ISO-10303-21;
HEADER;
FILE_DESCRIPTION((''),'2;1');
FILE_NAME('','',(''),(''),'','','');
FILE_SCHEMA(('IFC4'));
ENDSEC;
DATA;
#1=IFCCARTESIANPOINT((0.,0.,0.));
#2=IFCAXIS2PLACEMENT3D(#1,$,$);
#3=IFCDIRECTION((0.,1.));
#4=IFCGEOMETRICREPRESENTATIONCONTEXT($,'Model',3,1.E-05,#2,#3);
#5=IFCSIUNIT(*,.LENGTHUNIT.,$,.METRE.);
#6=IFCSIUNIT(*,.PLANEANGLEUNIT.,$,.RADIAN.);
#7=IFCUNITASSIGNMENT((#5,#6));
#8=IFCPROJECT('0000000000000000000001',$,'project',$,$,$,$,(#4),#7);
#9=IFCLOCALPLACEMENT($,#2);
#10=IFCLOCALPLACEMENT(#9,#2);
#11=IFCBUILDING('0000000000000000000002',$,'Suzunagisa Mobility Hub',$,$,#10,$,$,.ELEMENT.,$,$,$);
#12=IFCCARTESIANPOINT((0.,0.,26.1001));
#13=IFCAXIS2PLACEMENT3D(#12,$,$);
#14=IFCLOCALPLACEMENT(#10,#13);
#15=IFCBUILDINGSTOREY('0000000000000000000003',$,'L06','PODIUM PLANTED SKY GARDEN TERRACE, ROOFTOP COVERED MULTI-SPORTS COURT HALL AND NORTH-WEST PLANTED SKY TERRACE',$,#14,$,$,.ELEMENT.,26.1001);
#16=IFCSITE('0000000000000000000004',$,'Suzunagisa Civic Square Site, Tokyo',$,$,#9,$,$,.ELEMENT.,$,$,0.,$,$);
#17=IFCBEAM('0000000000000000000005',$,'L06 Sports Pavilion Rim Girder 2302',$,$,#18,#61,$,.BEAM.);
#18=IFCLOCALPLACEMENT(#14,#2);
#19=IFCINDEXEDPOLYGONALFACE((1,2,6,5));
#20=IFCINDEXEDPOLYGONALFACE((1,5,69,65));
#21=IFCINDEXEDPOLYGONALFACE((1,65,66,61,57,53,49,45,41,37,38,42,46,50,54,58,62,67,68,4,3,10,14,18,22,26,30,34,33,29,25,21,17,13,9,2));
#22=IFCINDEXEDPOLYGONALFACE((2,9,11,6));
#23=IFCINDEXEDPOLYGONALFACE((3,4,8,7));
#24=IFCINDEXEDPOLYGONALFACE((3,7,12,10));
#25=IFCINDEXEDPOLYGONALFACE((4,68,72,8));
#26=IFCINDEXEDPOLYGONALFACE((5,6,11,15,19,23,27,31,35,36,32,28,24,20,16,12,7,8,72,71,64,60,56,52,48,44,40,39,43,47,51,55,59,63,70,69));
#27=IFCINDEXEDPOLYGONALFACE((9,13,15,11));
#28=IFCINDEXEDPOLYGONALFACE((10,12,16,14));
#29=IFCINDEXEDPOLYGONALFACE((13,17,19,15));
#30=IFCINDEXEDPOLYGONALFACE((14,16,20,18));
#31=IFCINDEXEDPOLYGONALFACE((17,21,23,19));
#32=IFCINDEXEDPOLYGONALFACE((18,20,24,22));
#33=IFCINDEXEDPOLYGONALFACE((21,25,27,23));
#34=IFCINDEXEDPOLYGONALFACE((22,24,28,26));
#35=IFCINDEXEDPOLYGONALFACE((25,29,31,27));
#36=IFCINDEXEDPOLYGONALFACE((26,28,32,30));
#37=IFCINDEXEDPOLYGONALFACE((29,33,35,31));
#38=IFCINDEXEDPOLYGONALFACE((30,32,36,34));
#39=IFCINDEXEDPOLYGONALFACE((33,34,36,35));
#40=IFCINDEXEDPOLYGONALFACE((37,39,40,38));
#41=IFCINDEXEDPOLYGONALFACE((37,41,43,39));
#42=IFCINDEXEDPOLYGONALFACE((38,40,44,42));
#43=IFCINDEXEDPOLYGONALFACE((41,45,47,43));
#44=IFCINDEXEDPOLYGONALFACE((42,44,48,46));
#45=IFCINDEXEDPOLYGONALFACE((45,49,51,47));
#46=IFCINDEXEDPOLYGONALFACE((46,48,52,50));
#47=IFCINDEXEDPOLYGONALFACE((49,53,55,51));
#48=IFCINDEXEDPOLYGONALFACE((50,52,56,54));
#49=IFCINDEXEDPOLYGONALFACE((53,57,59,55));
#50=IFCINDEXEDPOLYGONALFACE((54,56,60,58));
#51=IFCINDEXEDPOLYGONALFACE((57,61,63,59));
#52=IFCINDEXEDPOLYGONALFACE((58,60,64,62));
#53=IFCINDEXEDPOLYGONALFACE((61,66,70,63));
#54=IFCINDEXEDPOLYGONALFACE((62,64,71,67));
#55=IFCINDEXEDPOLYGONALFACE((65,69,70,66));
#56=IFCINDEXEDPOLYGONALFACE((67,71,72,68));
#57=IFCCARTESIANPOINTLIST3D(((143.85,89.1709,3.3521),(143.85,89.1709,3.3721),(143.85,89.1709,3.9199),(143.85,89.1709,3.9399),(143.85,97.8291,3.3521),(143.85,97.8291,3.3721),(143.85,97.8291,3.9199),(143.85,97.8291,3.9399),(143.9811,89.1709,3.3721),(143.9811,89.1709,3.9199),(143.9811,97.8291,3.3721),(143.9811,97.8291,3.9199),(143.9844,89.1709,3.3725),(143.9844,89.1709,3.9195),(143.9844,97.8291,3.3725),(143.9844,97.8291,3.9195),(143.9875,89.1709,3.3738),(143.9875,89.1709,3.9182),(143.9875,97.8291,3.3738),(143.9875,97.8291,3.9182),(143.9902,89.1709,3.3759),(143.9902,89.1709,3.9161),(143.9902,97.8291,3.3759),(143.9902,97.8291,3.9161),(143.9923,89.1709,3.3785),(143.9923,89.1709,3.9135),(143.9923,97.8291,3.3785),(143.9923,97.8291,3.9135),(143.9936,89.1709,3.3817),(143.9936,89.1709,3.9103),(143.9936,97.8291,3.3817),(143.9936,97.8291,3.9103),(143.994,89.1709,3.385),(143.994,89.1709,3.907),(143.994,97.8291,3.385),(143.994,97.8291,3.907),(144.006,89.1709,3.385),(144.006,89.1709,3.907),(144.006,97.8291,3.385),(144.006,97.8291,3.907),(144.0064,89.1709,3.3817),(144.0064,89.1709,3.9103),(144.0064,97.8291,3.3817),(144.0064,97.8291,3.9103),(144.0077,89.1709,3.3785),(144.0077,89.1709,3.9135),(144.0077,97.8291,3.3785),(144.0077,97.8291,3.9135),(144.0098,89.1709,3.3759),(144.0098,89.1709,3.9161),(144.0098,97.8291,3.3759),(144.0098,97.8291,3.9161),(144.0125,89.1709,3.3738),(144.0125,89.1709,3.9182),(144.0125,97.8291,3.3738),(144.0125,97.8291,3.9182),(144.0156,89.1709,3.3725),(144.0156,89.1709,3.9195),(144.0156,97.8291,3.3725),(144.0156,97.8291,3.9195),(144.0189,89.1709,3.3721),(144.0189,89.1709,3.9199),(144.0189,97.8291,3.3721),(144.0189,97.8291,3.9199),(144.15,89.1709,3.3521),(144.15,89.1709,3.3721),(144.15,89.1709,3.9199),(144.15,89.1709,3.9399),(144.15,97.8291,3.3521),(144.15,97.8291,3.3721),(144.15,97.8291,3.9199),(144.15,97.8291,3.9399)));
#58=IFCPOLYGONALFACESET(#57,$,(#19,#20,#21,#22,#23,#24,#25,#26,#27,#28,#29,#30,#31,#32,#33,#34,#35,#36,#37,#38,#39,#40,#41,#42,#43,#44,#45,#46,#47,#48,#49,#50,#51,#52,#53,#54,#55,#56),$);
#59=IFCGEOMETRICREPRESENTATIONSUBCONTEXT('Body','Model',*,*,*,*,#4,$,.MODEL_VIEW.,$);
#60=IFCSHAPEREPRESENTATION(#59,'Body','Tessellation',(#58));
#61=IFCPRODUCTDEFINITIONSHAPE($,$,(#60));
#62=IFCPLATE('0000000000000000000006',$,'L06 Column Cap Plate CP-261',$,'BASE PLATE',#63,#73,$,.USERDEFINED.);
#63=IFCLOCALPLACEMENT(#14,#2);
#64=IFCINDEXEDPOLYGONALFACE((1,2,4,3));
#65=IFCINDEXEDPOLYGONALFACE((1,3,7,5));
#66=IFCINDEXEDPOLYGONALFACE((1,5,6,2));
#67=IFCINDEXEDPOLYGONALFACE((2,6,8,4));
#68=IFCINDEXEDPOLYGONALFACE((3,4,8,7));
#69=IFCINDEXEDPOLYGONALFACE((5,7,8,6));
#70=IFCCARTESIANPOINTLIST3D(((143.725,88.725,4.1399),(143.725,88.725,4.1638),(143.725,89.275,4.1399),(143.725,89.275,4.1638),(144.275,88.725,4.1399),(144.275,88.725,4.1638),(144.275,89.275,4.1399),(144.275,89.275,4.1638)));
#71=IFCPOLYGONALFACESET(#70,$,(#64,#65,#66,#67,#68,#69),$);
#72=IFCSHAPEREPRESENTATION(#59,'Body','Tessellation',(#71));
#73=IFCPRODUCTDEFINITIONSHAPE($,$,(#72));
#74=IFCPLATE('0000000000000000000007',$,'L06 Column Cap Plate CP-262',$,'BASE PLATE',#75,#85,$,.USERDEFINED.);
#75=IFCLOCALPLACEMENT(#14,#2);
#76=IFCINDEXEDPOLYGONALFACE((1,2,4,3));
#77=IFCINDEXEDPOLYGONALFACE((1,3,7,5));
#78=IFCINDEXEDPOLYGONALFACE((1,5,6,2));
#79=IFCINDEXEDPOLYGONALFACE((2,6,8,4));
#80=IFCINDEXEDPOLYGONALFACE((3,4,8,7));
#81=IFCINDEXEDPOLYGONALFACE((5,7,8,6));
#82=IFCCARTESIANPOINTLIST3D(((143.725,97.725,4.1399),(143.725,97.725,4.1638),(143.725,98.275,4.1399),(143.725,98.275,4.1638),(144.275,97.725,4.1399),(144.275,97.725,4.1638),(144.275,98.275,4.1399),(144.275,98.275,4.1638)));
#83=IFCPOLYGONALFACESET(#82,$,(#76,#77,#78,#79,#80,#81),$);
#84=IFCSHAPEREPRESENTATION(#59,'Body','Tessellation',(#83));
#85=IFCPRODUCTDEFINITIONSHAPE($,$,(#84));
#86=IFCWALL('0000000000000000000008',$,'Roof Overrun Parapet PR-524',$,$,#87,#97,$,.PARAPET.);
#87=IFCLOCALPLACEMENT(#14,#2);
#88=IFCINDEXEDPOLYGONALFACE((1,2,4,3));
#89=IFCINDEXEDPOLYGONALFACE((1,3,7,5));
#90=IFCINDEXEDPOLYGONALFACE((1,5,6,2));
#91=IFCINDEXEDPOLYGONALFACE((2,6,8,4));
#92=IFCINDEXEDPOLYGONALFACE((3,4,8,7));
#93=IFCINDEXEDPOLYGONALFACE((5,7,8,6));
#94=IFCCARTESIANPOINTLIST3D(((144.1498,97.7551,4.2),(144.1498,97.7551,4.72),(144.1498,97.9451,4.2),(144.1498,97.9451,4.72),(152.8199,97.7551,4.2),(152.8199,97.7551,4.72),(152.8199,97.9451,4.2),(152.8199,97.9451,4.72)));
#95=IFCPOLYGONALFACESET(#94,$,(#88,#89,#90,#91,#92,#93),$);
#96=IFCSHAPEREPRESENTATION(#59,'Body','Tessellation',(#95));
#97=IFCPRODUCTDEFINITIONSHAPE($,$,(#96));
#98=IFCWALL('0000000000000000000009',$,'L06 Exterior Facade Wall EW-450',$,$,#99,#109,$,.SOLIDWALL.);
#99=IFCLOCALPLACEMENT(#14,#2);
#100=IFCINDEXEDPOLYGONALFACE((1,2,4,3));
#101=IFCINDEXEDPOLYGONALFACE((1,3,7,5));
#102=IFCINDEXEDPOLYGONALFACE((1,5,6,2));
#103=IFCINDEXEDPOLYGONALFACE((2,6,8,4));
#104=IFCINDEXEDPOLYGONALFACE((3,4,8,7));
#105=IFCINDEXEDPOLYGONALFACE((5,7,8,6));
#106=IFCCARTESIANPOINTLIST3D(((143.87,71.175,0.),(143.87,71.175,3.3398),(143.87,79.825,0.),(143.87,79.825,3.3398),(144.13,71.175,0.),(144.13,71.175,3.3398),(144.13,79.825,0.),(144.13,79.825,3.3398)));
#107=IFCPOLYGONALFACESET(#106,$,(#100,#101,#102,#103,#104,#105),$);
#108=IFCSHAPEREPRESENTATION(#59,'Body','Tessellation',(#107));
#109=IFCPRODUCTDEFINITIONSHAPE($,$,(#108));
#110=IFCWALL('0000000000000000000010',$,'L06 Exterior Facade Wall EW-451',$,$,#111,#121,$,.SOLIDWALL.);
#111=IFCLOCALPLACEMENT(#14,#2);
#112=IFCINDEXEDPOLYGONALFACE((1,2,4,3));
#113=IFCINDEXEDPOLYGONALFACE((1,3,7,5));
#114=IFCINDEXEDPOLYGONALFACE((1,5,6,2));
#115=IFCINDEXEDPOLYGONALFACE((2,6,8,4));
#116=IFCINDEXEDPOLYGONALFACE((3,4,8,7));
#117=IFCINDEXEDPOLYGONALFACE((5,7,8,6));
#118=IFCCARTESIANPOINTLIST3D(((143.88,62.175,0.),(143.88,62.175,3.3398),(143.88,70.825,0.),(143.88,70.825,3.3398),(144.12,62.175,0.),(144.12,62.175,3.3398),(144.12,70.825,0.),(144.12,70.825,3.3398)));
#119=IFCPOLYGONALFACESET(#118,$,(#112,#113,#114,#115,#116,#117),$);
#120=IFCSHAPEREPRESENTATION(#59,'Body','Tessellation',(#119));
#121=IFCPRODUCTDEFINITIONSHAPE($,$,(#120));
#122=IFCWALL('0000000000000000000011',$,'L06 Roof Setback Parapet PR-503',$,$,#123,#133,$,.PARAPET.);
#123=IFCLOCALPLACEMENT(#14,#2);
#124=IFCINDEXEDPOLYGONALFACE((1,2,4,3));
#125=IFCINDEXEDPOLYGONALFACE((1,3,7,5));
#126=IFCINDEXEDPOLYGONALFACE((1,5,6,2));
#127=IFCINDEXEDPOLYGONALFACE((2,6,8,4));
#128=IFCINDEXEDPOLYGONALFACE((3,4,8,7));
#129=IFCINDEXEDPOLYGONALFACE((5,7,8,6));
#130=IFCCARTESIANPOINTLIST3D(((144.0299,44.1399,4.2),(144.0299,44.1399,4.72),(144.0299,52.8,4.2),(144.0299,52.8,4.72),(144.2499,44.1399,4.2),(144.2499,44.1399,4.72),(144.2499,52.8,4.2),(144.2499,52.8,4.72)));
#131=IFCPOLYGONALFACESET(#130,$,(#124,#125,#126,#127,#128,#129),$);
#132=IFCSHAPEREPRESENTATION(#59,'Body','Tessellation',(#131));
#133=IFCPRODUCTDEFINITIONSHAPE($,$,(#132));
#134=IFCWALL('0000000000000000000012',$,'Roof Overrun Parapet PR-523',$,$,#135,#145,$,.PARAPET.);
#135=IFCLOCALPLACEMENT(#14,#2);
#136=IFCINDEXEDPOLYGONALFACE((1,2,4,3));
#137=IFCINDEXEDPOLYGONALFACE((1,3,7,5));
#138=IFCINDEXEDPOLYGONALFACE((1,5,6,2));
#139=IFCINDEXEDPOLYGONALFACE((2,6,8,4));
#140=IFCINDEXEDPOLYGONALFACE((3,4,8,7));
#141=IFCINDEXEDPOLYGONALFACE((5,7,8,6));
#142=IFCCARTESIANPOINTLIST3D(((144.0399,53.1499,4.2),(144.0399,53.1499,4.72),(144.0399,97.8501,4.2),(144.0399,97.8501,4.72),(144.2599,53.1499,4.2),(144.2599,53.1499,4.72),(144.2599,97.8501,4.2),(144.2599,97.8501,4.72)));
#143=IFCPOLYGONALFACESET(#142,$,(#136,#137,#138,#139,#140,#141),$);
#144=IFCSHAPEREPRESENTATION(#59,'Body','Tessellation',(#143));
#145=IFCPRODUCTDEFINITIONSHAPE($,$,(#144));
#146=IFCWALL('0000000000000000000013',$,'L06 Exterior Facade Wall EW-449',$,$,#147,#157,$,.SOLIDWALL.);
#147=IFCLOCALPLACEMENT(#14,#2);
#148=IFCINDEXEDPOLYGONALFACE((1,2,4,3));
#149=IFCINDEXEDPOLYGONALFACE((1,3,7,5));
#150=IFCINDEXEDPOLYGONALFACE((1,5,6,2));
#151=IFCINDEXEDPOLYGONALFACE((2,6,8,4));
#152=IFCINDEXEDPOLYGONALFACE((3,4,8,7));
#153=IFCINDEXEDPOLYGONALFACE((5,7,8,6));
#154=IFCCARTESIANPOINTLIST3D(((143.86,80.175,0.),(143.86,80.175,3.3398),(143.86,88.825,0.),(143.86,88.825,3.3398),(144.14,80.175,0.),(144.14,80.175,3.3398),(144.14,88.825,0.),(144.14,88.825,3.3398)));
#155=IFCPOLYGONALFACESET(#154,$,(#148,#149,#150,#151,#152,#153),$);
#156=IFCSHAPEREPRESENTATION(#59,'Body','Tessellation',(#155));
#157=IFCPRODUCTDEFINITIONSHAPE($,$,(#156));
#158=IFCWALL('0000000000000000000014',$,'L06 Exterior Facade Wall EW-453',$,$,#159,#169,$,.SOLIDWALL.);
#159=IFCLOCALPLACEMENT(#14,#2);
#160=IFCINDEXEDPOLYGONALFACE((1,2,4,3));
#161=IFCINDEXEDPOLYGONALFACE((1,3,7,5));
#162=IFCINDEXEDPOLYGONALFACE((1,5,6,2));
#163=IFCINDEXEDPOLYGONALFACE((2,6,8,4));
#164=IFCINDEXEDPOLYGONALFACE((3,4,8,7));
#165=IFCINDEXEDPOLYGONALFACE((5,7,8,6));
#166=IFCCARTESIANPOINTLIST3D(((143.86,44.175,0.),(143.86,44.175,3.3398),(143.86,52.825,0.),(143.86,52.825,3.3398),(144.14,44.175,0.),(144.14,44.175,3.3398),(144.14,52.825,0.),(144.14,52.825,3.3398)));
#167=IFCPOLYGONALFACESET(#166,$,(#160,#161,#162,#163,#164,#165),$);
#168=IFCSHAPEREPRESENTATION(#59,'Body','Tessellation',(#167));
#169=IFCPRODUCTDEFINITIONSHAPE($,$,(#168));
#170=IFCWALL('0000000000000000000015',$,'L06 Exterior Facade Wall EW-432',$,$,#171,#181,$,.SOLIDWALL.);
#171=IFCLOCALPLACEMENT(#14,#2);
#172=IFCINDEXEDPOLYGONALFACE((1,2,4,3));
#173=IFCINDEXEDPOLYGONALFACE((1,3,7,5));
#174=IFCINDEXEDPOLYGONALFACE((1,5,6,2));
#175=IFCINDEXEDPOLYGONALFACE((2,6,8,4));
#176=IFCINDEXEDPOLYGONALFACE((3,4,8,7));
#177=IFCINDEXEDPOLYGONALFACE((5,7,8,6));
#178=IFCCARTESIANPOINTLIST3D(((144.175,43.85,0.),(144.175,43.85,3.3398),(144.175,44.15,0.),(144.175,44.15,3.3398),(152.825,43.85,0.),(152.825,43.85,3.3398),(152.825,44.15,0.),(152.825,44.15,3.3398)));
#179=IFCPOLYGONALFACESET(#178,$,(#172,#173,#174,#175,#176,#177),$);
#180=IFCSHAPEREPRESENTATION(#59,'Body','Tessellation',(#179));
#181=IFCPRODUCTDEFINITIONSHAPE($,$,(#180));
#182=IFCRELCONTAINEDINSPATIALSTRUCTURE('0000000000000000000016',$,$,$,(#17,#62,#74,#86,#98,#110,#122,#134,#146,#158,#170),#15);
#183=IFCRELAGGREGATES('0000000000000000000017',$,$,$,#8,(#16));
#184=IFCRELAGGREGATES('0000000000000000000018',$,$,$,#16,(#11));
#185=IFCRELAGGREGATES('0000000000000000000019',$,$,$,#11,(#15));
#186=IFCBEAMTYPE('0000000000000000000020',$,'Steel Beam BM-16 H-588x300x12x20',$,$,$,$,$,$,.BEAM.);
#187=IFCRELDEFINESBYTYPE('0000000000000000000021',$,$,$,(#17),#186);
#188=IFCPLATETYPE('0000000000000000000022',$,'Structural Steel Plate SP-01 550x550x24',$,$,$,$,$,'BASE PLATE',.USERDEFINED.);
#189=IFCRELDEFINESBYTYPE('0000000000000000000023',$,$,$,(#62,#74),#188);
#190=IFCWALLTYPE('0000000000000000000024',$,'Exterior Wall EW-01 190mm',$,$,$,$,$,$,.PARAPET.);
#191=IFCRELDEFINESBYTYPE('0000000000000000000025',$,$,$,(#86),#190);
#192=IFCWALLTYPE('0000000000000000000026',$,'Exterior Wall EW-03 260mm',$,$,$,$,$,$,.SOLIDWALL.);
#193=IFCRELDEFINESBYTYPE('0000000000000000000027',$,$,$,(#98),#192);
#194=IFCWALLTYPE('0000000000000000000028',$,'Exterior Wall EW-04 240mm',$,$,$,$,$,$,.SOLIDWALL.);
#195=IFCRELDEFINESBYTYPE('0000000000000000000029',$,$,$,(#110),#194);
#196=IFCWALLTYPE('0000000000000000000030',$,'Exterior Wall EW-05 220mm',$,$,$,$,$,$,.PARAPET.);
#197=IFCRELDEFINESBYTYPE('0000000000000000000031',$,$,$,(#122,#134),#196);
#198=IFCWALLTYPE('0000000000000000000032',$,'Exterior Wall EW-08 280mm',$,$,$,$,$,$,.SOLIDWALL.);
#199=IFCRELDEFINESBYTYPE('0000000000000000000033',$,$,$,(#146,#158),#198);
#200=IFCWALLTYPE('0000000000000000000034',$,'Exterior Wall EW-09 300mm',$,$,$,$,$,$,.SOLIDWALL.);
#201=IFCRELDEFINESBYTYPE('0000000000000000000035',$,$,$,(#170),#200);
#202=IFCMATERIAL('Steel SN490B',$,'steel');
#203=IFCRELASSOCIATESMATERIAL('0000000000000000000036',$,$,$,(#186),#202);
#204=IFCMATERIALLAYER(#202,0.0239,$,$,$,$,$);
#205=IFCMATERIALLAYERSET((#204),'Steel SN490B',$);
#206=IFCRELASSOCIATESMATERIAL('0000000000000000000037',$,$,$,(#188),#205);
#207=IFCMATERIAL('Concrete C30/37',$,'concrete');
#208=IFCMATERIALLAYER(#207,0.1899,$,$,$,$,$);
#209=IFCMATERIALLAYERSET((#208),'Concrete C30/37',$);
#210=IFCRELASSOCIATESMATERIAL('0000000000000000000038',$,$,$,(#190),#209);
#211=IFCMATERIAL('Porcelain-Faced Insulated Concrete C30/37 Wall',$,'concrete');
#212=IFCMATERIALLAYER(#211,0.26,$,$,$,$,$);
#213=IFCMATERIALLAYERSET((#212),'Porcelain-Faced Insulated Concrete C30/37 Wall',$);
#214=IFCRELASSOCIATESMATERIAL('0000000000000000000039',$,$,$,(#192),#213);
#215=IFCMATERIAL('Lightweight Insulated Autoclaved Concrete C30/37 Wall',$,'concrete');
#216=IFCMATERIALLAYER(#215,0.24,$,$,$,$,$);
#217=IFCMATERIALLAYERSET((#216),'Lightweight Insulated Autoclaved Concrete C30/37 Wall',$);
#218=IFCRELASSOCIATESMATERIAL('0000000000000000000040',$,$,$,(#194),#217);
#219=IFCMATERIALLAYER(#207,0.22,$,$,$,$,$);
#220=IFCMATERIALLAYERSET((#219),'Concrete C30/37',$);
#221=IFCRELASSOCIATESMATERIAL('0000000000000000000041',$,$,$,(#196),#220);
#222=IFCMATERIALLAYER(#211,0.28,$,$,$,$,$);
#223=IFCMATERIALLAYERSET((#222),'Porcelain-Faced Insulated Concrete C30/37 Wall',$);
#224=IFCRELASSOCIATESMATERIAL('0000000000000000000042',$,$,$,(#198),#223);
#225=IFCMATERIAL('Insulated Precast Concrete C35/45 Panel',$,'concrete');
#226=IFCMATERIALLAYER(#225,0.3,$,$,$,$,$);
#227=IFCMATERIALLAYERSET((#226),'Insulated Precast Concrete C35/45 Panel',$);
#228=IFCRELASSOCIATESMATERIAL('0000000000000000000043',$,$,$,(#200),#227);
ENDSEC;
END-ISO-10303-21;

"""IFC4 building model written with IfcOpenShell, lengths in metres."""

from ifc_helpers import new_model, si_unit, direction, frame, frame_2d, origin, origin_2d, place, context, subcontext, project, spatial, rectangle, i_section, extrude, material, layer, layer_set, material_profile, profile_set, type_object, element, save


model = new_model("IFC4")

# Units and contexts
model_context = context("Model", 3, precision=1e-05, world=origin(), true_north=direction((0.0, 1.0)))
body_context = subcontext(model_context, "Body", "Model", "MODEL_VIEW")
ifc_project = project(units=[si_unit("LENGTHUNIT", "METRE"), si_unit("PLANEANGLEUNIT", "RADIAN")], contexts=[model_context])

# Site, building, storey
site_placement = place(None, origin())
site = spatial("IfcSite", under=ifc_project, at=site_placement, Name="Suzunagisa Civic Square Site, Tokyo", CompositionType="ELEMENT", RefElevation=0.0)
building_placement = place(site_placement, origin())
building = spatial("IfcBuilding", under=site, at=building_placement, Name="Suzunagisa Mobility Hub", CompositionType="ELEMENT")
storey_placement = place(building_placement, frame((0.0, 0.0, 26.1001)))
storey = spatial("IfcBuildingStorey", under=building, at=storey_placement, Name="L06", Description="PODIUM PLANTED SKY GARDEN TERRACE, ROOFTOP COVERED MULTI-SPORTS COURT HALL AND NORTH-WEST PLANTED SKY TERRACE", CompositionType="ELEMENT", Elevation=26.1001)

# Shared definitions
ifc_material_1 = material(Name="Steel SN490B", Category="steel")

# Beam
ifc_material_profile_1 = material_profile(ifc_material_1, i_section(OverallWidth=0.3, OverallDepth=0.5879, WebThickness=0.012, FlangeThickness=0.02, FilletRadius=0.0129, at=origin_2d()), Name="H-588x300x12x20")
ifc_profile_set_1 = profile_set([ifc_material_profile_1], Name="Steel SN490B")
beam_type = type_object("IfcBeamType", Name="Steel Beam BM-16 H-588x300x12x20", PredefinedType="BEAM", material=ifc_profile_set_1)
for number, where, z_axis, x_axis, name in (
    (1, (144.0, 89.1709, 3.646), (0.0, 1.0, 0.0), (-1.0, 0.0, 0.0), "L06 Sports Pavilion Rim Girder 2302"),
):
    element("IfcBeam", number, at=place(storey_placement, frame(where, z_axis=z_axis, x_axis=x_axis)), inside=storey, type_object=beam_type, Name=name, PredefinedType="BEAM", context=body_context, shape_type="SweptSolid", body=[
        extrude(i_section(OverallWidth=0.3, OverallDepth=0.5879, WebThickness=0.012, FlangeThickness=0.02, FilletRadius=0.0129, at=origin_2d()), origin(), (0.0, 0.0, 1.0), 8.6582),
    ])

# Plates
ifc_layer_1 = layer(ifc_material_1, 0.0239)
ifc_layer_set_1 = layer_set([ifc_layer_1], Name="Steel SN490B")
plate_type = type_object("IfcPlateType", Name="Structural Steel Plate SP-01 550x550x24", ElementType="BASE PLATE", PredefinedType="USERDEFINED", material=ifc_layer_set_1)
for number, where, z_axis, x_axis, name in (
    (2, (144.0, 89.0, 4.1399), (0.0, 0.0, 1.0), (1.0, 0.0, 0.0), "L06 Column Cap Plate CP-261"),
    (3, (144.0, 98.0, 4.1399), (0.0, 0.0, 1.0), (1.0, 0.0, 0.0), "L06 Column Cap Plate CP-262"),
):
    element("IfcPlate", number, at=place(storey_placement, frame(where, z_axis=z_axis, x_axis=x_axis)), inside=storey, type_object=plate_type, Name=name, ObjectType="BASE PLATE", PredefinedType="USERDEFINED", context=body_context, shape_type="SweptSolid", body=[
        extrude(rectangle(XDim=0.55, YDim=0.55, at=origin_2d()), origin(), (0.0, 0.0, 1.0), 0.0239),
    ])

# Walls
ifc_material_2 = material(Name="Concrete C30/37", Category="concrete")
ifc_layer_2 = layer(ifc_material_2, 0.1899)
ifc_layer_set_2 = layer_set([ifc_layer_2], Name="Concrete C30/37")
wall_type_1 = type_object("IfcWallType", Name="Exterior Wall EW-01 190mm", PredefinedType="PARAPET", material=ifc_layer_set_2)
wall_1_placement = place(storey_placement, frame((144.1499, 97.8501, 4.2), z_axis=(0.0, 0.0, 1.0), x_axis=(1.0, 0.0, 0.0)))
element("IfcWall", 4, at=wall_1_placement, inside=storey, type_object=wall_type_1, Name="Roof Overrun Parapet PR-524", PredefinedType="PARAPET", context=body_context, shape_type="SweptSolid", body=[
    extrude(rectangle(XDim=8.6702, YDim=0.1899, at=frame_2d((4.335, 0.0))), origin(), (0.0, 0.0, 1.0), 0.52),
])
ifc_material_3 = material(Name="Porcelain-Faced Insulated Concrete C30/37 Wall", Category="concrete")
ifc_layer_3 = layer(ifc_material_3, 0.26)
ifc_layer_set_3 = layer_set([ifc_layer_3], Name="Porcelain-Faced Insulated Concrete C30/37 Wall")
wall_type_2 = type_object("IfcWallType", Name="Exterior Wall EW-03 260mm", PredefinedType="SOLIDWALL", material=ifc_layer_set_3)
wall_2_placement = place(storey_placement, frame((144.0, 79.825, 0.0), z_axis=(0.0, 0.0, 1.0), x_axis=(0.0, -1.0, 0.0)))
element("IfcWall", 5, at=wall_2_placement, inside=storey, type_object=wall_type_2, Name="L06 Exterior Facade Wall EW-450", PredefinedType="SOLIDWALL", context=body_context, shape_type="SweptSolid", body=[
    extrude(rectangle(XDim=8.6499, YDim=0.26, at=frame_2d((4.325, 0.0))), origin(), (0.0, 0.0, 1.0), 3.3398),
])
ifc_material_4 = material(Name="Lightweight Insulated Autoclaved Concrete C30/37 Wall", Category="concrete")
ifc_layer_4 = layer(ifc_material_4, 0.24)
ifc_layer_set_4 = layer_set([ifc_layer_4], Name="Lightweight Insulated Autoclaved Concrete C30/37 Wall")
wall_type_3 = type_object("IfcWallType", Name="Exterior Wall EW-04 240mm", PredefinedType="SOLIDWALL", material=ifc_layer_set_4)
wall_3_placement = place(storey_placement, frame((144.0, 70.825, 0.0), z_axis=(0.0, 0.0, 1.0), x_axis=(0.0, -1.0, 0.0)))
element("IfcWall", 6, at=wall_3_placement, inside=storey, type_object=wall_type_3, Name="L06 Exterior Facade Wall EW-451", PredefinedType="SOLIDWALL", context=body_context, shape_type="SweptSolid", body=[
    extrude(rectangle(XDim=8.6499, YDim=0.24, at=frame_2d((4.325, 0.0))), origin(), (0.0, 0.0, 1.0), 3.3398),
])
ifc_layer_5 = layer(ifc_material_2, 0.22)
ifc_layer_set_5 = layer_set([ifc_layer_5], Name="Concrete C30/37")
wall_type_4 = type_object("IfcWallType", Name="Exterior Wall EW-05 220mm", PredefinedType="PARAPET", material=ifc_layer_set_5)
wall_4_placement = place(storey_placement, frame((144.1399, 44.1399, 4.2), z_axis=(0.0, 0.0, 1.0), x_axis=(0.0, 1.0, 0.0)))
element("IfcWall", 7, at=wall_4_placement, inside=storey, type_object=wall_type_4, Name="L06 Roof Setback Parapet PR-503", PredefinedType="PARAPET", context=body_context, shape_type="SweptSolid", body=[
    extrude(rectangle(XDim=8.6602, YDim=0.22, at=frame_2d((4.3301, 0.0))), origin(), (0.0, 0.0, 1.0), 0.52),
])
wall_5_placement = place(storey_placement, frame((144.1499, 53.1499, 4.2), z_axis=(0.0, 0.0, 1.0), x_axis=(0.0, 1.0, 0.0)))
element("IfcWall", 8, at=wall_5_placement, inside=storey, type_object=wall_type_4, Name="Roof Overrun Parapet PR-523", PredefinedType="PARAPET", context=body_context, shape_type="SweptSolid", body=[
    extrude(rectangle(XDim=44.7002, YDim=0.22, at=frame_2d((22.3501, 0.0))), origin(), (0.0, 0.0, 1.0), 0.52),
])
ifc_layer_6 = layer(ifc_material_3, 0.28)
ifc_layer_set_6 = layer_set([ifc_layer_6], Name="Porcelain-Faced Insulated Concrete C30/37 Wall")
wall_type_5 = type_object("IfcWallType", Name="Exterior Wall EW-08 280mm", PredefinedType="SOLIDWALL", material=ifc_layer_set_6)
for number, where, z_axis, x_axis, name in (
    (9, (144.0, 88.825, 0.0), (0.0, 0.0, 1.0), (0.0, -1.0, 0.0), "L06 Exterior Facade Wall EW-449"),
    (10, (144.0, 52.825, 0.0), (0.0, 0.0, 1.0), (0.0, -1.0, 0.0), "L06 Exterior Facade Wall EW-453"),
):
    element("IfcWall", number, at=place(storey_placement, frame(where, z_axis=z_axis, x_axis=x_axis)), inside=storey, type_object=wall_type_5, Name=name, PredefinedType="SOLIDWALL", context=body_context, shape_type="SweptSolid", body=[
        extrude(rectangle(XDim=8.6499, YDim=0.28, at=frame_2d((4.325, 0.0))), origin(), (0.0, 0.0, 1.0), 3.3398),
    ])
ifc_material_5 = material(Name="Insulated Precast Concrete C35/45 Panel", Category="concrete")
ifc_layer_7 = layer(ifc_material_5, 0.3)
ifc_layer_set_7 = layer_set([ifc_layer_7], Name="Insulated Precast Concrete C35/45 Panel")
wall_type_6 = type_object("IfcWallType", Name="Exterior Wall EW-09 300mm", PredefinedType="SOLIDWALL", material=ifc_layer_set_7)
for number, where, z_axis, x_axis, name in (
    (11, (144.175, 44.0, 0.0), (0.0, 0.0, 1.0), (1.0, 0.0, 0.0), "L06 Exterior Facade Wall EW-432"),
):
    element("IfcWall", number, at=place(storey_placement, frame(where, z_axis=z_axis, x_axis=x_axis)), inside=storey, type_object=wall_type_6, Name=name, PredefinedType="SOLIDWALL", context=body_context, shape_type="SweptSolid", body=[
        extrude(rectangle(XDim=8.6499, YDim=0.3, at=frame_2d((4.325, 0.0))), origin(), (0.0, 0.0, 1.0), 3.3398),
    ])

save(model, "model.ifc")
